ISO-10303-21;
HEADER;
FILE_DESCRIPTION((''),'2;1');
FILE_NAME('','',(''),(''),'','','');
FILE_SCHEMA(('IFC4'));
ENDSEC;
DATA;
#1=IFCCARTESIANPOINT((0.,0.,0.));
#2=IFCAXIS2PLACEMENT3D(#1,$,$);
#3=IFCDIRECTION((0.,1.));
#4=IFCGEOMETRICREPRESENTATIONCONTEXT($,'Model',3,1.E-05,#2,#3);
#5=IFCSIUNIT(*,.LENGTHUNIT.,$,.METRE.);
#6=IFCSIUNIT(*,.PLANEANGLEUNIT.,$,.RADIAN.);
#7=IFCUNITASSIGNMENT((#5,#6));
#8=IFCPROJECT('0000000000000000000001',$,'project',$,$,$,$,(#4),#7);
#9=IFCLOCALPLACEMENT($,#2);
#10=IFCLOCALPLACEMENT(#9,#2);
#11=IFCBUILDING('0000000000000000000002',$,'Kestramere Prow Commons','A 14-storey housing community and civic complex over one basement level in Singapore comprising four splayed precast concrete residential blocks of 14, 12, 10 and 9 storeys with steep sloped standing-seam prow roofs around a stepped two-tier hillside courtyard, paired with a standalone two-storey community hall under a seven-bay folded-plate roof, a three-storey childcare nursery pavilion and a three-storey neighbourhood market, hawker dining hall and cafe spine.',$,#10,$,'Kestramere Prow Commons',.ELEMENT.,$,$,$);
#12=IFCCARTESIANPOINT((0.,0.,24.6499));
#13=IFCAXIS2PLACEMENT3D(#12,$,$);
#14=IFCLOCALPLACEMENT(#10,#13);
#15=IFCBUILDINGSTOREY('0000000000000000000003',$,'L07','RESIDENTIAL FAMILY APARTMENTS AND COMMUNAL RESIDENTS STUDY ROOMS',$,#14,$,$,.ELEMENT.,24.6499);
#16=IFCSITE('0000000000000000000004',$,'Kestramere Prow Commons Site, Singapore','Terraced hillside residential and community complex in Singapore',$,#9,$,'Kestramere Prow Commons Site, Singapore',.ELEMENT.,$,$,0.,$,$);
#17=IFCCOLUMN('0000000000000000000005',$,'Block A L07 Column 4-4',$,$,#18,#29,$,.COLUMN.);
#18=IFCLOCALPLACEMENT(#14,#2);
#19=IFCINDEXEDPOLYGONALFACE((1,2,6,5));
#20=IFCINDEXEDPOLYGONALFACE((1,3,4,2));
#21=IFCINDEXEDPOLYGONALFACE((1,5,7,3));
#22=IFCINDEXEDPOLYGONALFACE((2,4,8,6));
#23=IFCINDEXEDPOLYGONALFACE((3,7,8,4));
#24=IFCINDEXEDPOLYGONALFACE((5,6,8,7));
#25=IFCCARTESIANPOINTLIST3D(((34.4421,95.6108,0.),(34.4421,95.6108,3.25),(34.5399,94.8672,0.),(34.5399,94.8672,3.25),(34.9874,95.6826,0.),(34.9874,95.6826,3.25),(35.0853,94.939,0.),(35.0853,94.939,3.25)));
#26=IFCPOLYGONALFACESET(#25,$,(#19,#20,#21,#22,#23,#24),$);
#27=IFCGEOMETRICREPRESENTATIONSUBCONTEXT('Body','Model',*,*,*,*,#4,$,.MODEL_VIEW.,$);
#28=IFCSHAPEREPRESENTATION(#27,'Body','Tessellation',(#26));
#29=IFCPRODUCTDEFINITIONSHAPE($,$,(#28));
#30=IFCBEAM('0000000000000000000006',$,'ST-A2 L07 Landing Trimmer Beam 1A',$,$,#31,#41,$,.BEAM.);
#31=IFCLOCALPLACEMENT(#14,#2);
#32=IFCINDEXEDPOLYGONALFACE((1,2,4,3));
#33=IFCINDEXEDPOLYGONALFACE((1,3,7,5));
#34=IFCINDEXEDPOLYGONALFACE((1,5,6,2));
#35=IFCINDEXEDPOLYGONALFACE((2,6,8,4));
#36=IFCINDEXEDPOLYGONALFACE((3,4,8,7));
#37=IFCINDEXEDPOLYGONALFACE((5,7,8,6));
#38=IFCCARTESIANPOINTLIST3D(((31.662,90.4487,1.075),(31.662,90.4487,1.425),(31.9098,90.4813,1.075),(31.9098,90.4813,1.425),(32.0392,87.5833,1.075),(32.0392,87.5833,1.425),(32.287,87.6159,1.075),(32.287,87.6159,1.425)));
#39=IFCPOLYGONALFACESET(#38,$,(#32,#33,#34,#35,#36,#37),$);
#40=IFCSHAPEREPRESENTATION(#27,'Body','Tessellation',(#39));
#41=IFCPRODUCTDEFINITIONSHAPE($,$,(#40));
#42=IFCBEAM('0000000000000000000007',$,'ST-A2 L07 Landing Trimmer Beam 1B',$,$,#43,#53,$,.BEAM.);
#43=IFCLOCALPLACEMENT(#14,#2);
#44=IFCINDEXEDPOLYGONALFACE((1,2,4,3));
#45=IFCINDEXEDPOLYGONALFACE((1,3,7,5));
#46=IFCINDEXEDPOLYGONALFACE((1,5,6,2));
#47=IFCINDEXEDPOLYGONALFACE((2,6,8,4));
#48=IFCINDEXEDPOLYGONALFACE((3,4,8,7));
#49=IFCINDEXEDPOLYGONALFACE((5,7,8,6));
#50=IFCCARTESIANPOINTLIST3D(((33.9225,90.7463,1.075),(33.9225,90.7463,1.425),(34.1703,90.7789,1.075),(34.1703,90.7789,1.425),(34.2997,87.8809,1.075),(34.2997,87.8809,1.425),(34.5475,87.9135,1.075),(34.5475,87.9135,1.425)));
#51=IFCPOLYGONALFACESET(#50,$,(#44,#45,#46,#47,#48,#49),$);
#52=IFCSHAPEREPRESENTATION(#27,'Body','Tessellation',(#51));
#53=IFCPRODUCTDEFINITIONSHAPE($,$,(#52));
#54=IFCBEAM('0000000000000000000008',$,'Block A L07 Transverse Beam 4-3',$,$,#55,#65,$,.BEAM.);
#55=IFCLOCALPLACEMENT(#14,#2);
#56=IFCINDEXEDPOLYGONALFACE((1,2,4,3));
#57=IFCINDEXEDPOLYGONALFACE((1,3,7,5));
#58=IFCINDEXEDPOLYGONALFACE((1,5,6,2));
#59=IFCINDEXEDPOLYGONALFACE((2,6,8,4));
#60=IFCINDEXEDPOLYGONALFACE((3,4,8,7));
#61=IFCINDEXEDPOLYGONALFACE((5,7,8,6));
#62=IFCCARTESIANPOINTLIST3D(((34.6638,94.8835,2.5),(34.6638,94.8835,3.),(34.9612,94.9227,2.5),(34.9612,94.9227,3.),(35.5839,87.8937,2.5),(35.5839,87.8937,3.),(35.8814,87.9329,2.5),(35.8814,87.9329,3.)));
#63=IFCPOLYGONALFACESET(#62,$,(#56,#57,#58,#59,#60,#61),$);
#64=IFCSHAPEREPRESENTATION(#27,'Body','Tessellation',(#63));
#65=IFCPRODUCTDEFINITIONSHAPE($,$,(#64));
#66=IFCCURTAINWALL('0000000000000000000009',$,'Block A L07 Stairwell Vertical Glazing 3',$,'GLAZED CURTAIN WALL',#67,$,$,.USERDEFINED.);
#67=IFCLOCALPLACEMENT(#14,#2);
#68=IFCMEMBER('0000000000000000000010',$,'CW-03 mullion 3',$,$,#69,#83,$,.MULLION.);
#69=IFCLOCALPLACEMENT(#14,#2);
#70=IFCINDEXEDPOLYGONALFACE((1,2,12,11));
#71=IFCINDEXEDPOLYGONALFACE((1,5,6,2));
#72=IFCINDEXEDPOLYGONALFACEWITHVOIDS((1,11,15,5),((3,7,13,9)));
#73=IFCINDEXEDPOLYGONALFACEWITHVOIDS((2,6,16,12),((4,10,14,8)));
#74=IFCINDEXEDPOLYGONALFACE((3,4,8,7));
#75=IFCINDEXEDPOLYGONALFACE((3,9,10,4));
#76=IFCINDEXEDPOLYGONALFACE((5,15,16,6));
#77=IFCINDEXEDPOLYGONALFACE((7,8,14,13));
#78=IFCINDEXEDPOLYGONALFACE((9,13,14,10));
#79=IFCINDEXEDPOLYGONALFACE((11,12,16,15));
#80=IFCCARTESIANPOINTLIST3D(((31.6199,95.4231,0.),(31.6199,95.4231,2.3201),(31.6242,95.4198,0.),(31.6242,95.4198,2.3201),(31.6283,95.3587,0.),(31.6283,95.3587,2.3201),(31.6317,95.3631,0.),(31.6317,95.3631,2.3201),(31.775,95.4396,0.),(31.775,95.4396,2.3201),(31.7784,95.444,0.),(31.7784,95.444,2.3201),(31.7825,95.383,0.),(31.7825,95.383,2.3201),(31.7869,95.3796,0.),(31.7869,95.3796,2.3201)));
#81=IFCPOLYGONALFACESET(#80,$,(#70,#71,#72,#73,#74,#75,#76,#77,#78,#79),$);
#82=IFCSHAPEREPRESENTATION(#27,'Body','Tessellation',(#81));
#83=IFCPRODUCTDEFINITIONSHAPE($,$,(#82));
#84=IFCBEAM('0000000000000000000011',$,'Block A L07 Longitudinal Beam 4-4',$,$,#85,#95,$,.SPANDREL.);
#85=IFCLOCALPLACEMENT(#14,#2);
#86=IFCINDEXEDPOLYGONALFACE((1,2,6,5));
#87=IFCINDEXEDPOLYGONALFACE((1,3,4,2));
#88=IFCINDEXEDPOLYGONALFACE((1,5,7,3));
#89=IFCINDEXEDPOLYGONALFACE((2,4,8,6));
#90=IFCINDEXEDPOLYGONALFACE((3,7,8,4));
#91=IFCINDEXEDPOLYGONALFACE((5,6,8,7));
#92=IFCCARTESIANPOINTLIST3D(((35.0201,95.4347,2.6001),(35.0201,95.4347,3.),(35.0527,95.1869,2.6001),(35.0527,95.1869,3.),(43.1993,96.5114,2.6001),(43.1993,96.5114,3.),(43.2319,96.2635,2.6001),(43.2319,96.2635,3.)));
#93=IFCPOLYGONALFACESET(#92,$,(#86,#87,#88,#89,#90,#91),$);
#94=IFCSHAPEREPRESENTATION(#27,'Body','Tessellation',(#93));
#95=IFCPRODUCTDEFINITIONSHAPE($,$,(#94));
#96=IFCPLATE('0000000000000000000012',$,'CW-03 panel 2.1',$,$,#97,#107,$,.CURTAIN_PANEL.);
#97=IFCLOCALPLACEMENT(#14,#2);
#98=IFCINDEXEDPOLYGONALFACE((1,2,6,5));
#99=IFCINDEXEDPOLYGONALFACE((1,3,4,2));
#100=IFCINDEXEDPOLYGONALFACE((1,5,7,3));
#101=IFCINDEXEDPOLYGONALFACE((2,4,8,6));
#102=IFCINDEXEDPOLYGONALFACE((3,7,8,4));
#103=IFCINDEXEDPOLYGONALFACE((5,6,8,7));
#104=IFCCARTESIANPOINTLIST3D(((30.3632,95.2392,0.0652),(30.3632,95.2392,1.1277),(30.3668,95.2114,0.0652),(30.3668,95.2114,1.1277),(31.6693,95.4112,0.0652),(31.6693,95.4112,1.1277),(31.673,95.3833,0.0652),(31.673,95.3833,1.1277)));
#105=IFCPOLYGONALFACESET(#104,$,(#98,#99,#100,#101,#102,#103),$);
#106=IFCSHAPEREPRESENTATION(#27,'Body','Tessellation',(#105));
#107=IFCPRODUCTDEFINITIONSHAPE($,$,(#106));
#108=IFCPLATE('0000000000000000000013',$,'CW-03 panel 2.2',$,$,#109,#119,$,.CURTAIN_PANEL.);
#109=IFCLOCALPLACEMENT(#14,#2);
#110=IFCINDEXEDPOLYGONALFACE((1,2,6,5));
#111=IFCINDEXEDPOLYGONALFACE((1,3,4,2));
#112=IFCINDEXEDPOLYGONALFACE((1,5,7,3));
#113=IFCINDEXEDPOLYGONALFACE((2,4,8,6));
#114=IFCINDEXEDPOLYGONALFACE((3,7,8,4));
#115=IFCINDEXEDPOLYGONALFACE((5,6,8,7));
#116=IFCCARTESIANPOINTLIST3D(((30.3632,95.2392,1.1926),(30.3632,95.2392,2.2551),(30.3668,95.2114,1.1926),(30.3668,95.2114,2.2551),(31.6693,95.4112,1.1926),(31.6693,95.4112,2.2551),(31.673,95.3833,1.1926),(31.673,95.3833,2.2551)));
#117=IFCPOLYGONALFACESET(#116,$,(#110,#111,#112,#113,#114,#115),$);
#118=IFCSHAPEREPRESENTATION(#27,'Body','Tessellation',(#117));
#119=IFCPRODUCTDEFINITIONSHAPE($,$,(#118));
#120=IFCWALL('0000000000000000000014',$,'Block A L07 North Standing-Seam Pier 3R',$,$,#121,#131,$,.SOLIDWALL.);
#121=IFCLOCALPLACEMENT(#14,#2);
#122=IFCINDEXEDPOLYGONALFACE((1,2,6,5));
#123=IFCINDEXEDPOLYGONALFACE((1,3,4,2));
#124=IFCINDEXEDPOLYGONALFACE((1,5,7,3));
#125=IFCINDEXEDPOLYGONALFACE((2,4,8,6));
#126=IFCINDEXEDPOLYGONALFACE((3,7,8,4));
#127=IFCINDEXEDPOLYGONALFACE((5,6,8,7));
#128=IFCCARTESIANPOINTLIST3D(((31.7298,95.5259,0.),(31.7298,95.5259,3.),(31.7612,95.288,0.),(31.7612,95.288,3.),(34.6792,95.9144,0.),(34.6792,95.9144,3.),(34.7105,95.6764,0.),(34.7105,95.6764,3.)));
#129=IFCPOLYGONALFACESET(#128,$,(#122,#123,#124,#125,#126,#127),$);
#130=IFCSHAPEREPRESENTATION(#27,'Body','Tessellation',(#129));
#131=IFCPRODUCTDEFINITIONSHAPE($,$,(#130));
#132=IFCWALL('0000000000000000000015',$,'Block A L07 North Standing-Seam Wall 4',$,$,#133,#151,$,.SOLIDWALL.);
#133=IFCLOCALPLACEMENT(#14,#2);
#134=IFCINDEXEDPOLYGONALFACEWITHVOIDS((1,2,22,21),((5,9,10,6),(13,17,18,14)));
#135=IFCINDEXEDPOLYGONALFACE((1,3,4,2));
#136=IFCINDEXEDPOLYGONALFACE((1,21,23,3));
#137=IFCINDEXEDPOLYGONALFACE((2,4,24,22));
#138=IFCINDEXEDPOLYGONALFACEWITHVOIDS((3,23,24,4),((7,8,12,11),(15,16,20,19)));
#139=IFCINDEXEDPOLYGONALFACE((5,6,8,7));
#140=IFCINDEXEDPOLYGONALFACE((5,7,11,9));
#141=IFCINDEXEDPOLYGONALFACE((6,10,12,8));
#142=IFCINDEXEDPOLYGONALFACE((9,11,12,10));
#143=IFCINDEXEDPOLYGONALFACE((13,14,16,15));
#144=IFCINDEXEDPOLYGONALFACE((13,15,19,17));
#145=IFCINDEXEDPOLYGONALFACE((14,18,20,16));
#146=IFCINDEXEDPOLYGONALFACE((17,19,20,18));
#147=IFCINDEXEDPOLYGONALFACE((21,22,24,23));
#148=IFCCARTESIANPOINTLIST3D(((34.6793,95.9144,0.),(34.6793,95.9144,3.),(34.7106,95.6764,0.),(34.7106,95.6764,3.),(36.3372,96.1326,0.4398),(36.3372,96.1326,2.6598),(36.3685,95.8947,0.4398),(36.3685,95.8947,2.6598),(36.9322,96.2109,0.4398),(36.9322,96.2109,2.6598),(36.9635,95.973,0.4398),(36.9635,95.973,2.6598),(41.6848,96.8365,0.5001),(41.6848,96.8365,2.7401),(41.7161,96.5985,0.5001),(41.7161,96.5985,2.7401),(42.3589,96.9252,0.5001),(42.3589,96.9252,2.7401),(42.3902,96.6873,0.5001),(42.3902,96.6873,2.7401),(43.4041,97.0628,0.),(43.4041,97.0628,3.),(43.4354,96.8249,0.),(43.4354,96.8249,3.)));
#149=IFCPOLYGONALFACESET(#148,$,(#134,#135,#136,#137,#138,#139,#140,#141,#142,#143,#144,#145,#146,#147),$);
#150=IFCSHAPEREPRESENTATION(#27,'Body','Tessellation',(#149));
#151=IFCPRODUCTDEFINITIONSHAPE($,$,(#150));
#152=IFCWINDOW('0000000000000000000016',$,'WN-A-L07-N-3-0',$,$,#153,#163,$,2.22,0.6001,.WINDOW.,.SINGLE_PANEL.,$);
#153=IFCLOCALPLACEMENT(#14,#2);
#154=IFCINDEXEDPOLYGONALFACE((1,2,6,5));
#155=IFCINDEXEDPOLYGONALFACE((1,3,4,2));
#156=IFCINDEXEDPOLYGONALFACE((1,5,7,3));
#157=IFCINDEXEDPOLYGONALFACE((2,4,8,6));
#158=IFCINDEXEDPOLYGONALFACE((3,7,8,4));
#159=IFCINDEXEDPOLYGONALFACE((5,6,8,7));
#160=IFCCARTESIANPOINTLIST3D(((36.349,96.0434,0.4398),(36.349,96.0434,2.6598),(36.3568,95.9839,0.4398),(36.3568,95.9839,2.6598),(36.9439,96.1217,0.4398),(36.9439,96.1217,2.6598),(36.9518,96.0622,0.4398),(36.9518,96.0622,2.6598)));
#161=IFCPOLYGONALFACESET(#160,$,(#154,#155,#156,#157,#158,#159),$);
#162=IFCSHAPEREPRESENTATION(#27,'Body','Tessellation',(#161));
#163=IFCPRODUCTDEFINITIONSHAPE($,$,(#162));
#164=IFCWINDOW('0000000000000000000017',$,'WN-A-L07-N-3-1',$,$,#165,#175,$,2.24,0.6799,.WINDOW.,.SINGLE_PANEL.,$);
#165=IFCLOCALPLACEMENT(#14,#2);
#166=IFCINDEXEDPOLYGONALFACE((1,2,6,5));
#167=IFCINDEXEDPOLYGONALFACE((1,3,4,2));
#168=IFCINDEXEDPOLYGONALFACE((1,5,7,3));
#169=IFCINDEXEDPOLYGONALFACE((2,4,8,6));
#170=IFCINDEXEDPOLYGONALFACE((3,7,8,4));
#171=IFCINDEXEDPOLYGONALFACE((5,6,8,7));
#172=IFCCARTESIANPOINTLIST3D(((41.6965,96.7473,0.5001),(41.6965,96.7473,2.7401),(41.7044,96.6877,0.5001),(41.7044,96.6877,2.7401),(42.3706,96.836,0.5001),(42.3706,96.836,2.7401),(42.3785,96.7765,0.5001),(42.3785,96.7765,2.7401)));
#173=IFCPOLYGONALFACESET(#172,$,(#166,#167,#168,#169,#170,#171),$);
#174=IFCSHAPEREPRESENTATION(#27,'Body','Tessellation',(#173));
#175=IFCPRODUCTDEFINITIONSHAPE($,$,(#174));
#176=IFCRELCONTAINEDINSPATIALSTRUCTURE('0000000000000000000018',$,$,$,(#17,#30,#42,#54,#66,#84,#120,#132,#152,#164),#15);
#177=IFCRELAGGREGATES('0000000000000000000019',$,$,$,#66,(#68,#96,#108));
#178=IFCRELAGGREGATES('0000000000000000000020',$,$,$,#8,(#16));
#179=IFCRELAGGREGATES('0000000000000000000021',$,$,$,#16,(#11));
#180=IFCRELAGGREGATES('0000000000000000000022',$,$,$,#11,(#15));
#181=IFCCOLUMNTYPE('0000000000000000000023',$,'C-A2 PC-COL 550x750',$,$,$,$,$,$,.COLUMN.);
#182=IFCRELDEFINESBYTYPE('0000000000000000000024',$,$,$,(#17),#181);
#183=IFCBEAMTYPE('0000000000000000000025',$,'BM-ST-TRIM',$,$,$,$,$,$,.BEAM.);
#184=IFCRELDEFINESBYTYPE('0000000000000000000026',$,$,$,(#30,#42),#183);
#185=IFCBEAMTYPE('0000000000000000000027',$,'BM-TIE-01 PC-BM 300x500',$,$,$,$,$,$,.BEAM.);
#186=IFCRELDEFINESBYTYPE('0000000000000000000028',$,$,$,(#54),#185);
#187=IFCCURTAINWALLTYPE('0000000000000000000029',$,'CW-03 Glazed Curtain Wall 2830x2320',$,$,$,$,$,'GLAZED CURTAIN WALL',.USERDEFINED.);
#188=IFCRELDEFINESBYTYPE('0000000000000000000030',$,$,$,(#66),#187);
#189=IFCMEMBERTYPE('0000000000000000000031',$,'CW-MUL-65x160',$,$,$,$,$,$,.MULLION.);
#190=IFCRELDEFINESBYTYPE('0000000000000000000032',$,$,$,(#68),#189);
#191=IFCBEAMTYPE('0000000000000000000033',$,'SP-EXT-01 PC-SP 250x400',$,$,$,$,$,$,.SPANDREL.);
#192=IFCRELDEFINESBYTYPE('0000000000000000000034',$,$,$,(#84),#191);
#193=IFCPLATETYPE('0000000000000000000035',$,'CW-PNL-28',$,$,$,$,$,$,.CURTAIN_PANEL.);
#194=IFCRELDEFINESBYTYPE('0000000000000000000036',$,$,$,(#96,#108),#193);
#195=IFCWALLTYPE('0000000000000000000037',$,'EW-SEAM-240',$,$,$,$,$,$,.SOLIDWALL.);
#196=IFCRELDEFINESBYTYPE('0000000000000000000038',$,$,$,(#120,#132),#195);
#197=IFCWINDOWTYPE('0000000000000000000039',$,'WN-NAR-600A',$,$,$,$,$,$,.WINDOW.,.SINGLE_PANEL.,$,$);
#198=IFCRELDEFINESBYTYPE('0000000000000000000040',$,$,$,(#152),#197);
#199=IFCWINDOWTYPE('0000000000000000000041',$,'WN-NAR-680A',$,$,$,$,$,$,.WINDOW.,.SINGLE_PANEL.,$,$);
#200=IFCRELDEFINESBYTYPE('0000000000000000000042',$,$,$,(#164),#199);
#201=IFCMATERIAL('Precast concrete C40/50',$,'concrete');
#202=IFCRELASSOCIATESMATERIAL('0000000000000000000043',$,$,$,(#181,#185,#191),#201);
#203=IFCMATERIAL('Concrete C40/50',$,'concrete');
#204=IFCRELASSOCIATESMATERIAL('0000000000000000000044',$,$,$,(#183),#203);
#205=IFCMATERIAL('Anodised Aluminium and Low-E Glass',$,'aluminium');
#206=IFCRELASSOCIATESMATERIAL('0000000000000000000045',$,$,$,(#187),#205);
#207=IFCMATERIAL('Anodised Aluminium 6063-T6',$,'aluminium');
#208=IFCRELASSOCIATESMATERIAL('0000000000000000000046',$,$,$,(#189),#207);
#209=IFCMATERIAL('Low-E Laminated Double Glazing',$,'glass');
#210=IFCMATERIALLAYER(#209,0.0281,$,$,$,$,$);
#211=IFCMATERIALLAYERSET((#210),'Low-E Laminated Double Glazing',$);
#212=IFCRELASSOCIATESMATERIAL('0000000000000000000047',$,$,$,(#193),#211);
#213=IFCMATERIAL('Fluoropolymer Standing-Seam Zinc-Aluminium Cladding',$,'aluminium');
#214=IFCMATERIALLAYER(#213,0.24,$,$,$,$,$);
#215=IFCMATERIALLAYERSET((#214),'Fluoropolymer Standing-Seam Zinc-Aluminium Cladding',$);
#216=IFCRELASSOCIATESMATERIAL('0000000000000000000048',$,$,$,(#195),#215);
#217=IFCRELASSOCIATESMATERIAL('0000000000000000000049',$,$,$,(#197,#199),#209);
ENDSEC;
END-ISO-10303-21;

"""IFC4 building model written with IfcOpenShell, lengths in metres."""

from ifc_helpers import new_model, si_unit, direction, frame, frame_2d, origin, origin_2d, place, context, subcontext, project, spatial, rectangle, hollow_rectangle, extrude, material, layer, layer_set, material_profile, profile_set, type_object, element, fill, aggregate, save


model = new_model("IFC4")

# Units and contexts
model_context = context("Model", 3, precision=1e-05, world=origin(), true_north=direction((0.0, 1.0)))
body_context = subcontext(model_context, "Body", "Model", "MODEL_VIEW")
ifc_project = project(units=[si_unit("LENGTHUNIT", "METRE"), si_unit("PLANEANGLEUNIT", "RADIAN")], contexts=[model_context])

# Site, building, storey
site_placement = place(None, origin())
site = spatial("IfcSite", under=ifc_project, at=site_placement, Name="Kestramere Prow Commons Site, Singapore", Description="Terraced hillside residential and community complex in Singapore", LongName="Kestramere Prow Commons Site, Singapore", CompositionType="ELEMENT", RefElevation=0.0)
building_placement = place(site_placement, origin())
building = spatial("IfcBuilding", under=site, at=building_placement, Name="Kestramere Prow Commons", Description="A 14-storey housing community and civic complex over one basement level in Singapore comprising four splayed precast concrete residential blocks of 14, 12, 10 and 9 storeys with steep sloped standing-seam prow roofs around a stepped two-tier hillside courtyard, paired with a standalone two-storey community hall under a seven-bay folded-plate roof, a three-storey childcare nursery pavilion and a three-storey neighbourhood market, hawker dining hall and cafe spine.", LongName="Kestramere Prow Commons", CompositionType="ELEMENT")
storey_placement = place(building_placement, frame((0.0, 0.0, 24.6499)))
storey = spatial("IfcBuildingStorey", under=building, at=storey_placement, Name="L07", Description="RESIDENTIAL FAMILY APARTMENTS AND COMMUNAL RESIDENTS STUDY ROOMS", CompositionType="ELEMENT", Elevation=24.6499)

# Column
ifc_material_1 = material(Name="Precast concrete C40/50", Category="concrete")
ifc_material_profile_1 = material_profile(ifc_material_1, rectangle(XDim=0.55, YDim=0.75, at=origin_2d()), Name="PC-COL 550x750")
ifc_profile_set_1 = profile_set([ifc_material_profile_1], Name="Precast concrete C40/50")
column_type = type_object("IfcColumnType", Name="C-A2 PC-COL 550x750", PredefinedType="COLUMN", material=ifc_profile_set_1)
column_placement = place(storey_placement, frame((34.7637, 95.2749, 0.0), z_axis=(0.0, 0.0, 1.0), x_axis=(0.991445, 0.130526, 0.0)))
element("IfcColumn", 1, at=column_placement, inside=storey, type_object=column_type, Name="Block A L07 Column 4-4", PredefinedType="COLUMN", context=body_context, shape_type="SweptSolid", body=[
    extrude(rectangle(XDim=0.55, YDim=0.75, at=origin_2d()), origin(), (0.0, 0.0, 1.0), 3.25),
])

# Beams
ifc_material_2 = material(Name="Concrete C40/50", Category="concrete")
ifc_material_profile_2 = material_profile(ifc_material_2, rectangle(XDim=0.25, YDim=0.3501, at=origin_2d()), Name="PC-BM 250x350")
ifc_profile_set_2 = profile_set([ifc_material_profile_2], Name="Concrete C40/50")
beam_type_1 = type_object("IfcBeamType", Name="BM-ST-TRIM", PredefinedType="BEAM", material=ifc_profile_set_2)
for number, where, z_axis, x_axis, name in (
    (2, (32.1631, 87.5996, 1.25), (-0.130509, 0.991447, 0.0), (-0.991447, -0.130509, 0.0), "ST-A2 L07 Landing Trimmer Beam 1A"),
    (3, (34.4236, 87.8972, 1.25), (-0.130509, 0.991447, 0.0), (-0.991447, -0.130509, 0.0), "ST-A2 L07 Landing Trimmer Beam 1B"),
):
    element("IfcBeam", number, at=place(storey_placement, frame(where, z_axis=z_axis, x_axis=x_axis)), inside=storey, type_object=beam_type_1, Name=name, PredefinedType="BEAM", context=body_context, shape_type="SweptSolid", body=[
        extrude(rectangle(XDim=0.25, YDim=0.3501, at=origin_2d()), origin(), (0.0, 0.0, 1.0), 2.8901),
    ])
ifc_material_profile_3 = material_profile(ifc_material_1, rectangle(XDim=0.3, YDim=0.5, at=origin_2d()), Name="PC-BM 300x500")
ifc_profile_set_3 = profile_set([ifc_material_profile_3], Name="Precast concrete C40/50")
beam_type_2 = type_object("IfcBeamType", Name="BM-TIE-01 PC-BM 300x500", PredefinedType="BEAM", material=ifc_profile_set_3)
beam_1_placement = place(storey_placement, frame((35.7327, 87.9133, 2.75), z_axis=(-0.130519, 0.991446, 0.0), x_axis=(-0.991446, -0.130519, 0.0)))
element("IfcBeam", 4, at=beam_1_placement, inside=storey, type_object=beam_type_2, Name="Block A L07 Transverse Beam 4-3", PredefinedType="BEAM", context=body_context, shape_type="SweptSolid", body=[
    extrude(rectangle(XDim=0.3, YDim=0.5, at=origin_2d()), origin(), (0.0, 0.0, 1.0), 7.05),
])

# Curtain wall, member
ifc_material_3 = material(Name="Anodised Aluminium and Low-E Glass", Category="aluminium")
curtain_wall_type = type_object("IfcCurtainWallType", Name="CW-03 Glazed Curtain Wall 2830x2320", ElementType="GLAZED CURTAIN WALL", PredefinedType="USERDEFINED", material=ifc_material_3)
curtain_wall_placement = place(storey_placement, origin())
curtain_wall = element("IfcCurtainWall", 5, at=curtain_wall_placement, inside=storey, type_object=curtain_wall_type, Name="Block A L07 Stairwell Vertical Glazing 3", ObjectType="GLAZED CURTAIN WALL", PredefinedType="USERDEFINED")
ifc_material_4 = material(Name="Anodised Aluminium 6063-T6", Category="aluminium")
ifc_material_profile_4 = material_profile(ifc_material_4, hollow_rectangle(XDim=0.0649, YDim=0.1599, WallThickness=0.0039, at=origin_2d()), Name="ALU-MUL 65x160")
ifc_profile_set_4 = profile_set([ifc_material_profile_4], Name="Anodised Aluminium 6063-T6")
member_type = type_object("IfcMemberType", Name="CW-MUL-65x160", PredefinedType="MULLION", material=ifc_profile_set_4)
member_placement = place(storey_placement, frame((31.7034, 95.4014, 0.0), z_axis=(0.0, 0.0, 1.0), x_axis=(-0.130526, 0.991445, 0.0)))
member = element("IfcMember", 6, at=member_placement, type_object=member_type, Name="CW-03 mullion 3", PredefinedType="MULLION", context=body_context, shape_type="SweptSolid", body=[
    extrude(hollow_rectangle(XDim=0.0649, YDim=0.1599, WallThickness=0.0039, at=origin_2d()), origin(), (0.0, 0.0, 1.0), 2.3201),
])

# Beam
ifc_material_profile_5 = material_profile(ifc_material_1, rectangle(XDim=0.25, YDim=0.3999, at=origin_2d()), Name="PC-SP 250x400")
ifc_profile_set_5 = profile_set([ifc_material_profile_5], Name="Precast concrete C40/50")
beam_type_3 = type_object("IfcBeamType", Name="SP-EXT-01 PC-SP 250x400", PredefinedType="SPANDREL", material=ifc_profile_set_5)
beam_2_placement = place(storey_placement, frame((35.0364, 95.3108, 2.8), z_axis=(0.991447, 0.130508, 0.0), x_axis=(-0.130508, 0.991447, 0.0)))
element("IfcBeam", 7, at=beam_2_placement, inside=storey, type_object=beam_type_3, Name="Block A L07 Longitudinal Beam 4-4", PredefinedType="SPANDREL", context=body_context, shape_type="SweptSolid", body=[
    extrude(rectangle(XDim=0.25, YDim=0.3999, at=origin_2d()), origin(), (0.0, 0.0, 1.0), 8.2498),
])

# Plates
ifc_material_5 = material(Name="Low-E Laminated Double Glazing", Category="glass")
ifc_layer_1 = layer(ifc_material_5, 0.0281)
ifc_layer_set_1 = layer_set([ifc_layer_1], Name="Low-E Laminated Double Glazing")
plate_type = type_object("IfcPlateType", Name="CW-PNL-28", PredefinedType="CURTAIN_PANEL", material=ifc_layer_set_1)
plate_1_placement = place(storey_placement, frame((31.0181, 95.3113, 0.0652), z_axis=(0.0, 0.0, 1.0), x_axis=(0.991445, 0.130526, 0.0)))
plate_1 = element("IfcPlate", 8, at=plate_1_placement, type_object=plate_type, Name="CW-03 panel 2.1", PredefinedType="CURTAIN_PANEL", context=body_context, shape_type="SweptSolid", body=[
    extrude(rectangle(XDim=1.3174, YDim=0.0281, at=origin_2d()), origin(), (0.0, 0.0, 1.0), 1.0625),
])
plate_2_placement = place(storey_placement, frame((31.0181, 95.3113, 1.1926), z_axis=(0.0, 0.0, 1.0), x_axis=(0.991445, 0.130526, 0.0)))
plate_2 = element("IfcPlate", 9, at=plate_2_placement, type_object=plate_type, Name="CW-03 panel 2.2", PredefinedType="CURTAIN_PANEL", context=body_context, shape_type="SweptSolid", body=[
    extrude(rectangle(XDim=1.3174, YDim=0.0281, at=origin_2d()), origin(), (0.0, 0.0, 1.0), 1.0625),
])
aggregate(curtain_wall, [member, plate_1, plate_2])

# Wall
ifc_material_6 = material(Name="Fluoropolymer Standing-Seam Zinc-Aluminium Cladding", Category="aluminium")
ifc_layer_2 = layer(ifc_material_6, 0.24)
ifc_layer_set_2 = layer_set([ifc_layer_2], Name="Fluoropolymer Standing-Seam Zinc-Aluminium Cladding")
wall_type_1 = type_object("IfcWallType", Name="EW-SEAM-240", PredefinedType="SOLIDWALL", material=ifc_layer_set_2)
wall_1_placement = place(storey_placement, frame((31.7456, 95.407, 0.0), z_axis=(0.0, 0.0, 1.0), x_axis=(0.991439, 0.130567, 0.0)))
element("IfcWall", 10, at=wall_1_placement, inside=storey, type_object=wall_type_1, Name="Block A L07 North Standing-Seam Pier 3R", PredefinedType="SOLIDWALL", context=body_context, shape_type="SweptSolid", body=[
    extrude(rectangle(XDim=2.9749, YDim=0.24, at=frame_2d((1.4873, 0.0))), origin(), (0.0, 0.0, 1.0), 3.0),
])

# Wall, openings, windows
wall_2_placement = place(storey_placement, frame((34.6951, 95.7954, 0.0), z_axis=(0.0, 0.0, 1.0), x_axis=(0.991448, 0.130503, 0.0)))
wall_2 = element("IfcWall", 11, at=wall_2_placement, inside=storey, type_object=wall_type_1, Name="Block A L07 North Standing-Seam Wall 4", PredefinedType="SOLIDWALL", context=body_context, shape_type="SweptSolid", body=[
    extrude(rectangle(XDim=8.8, YDim=0.24, at=frame_2d((4.3999, 0.0))), origin(), (0.0, 0.0, 1.0), 3.0),
])
opening_1_placement = place(wall_2_placement, frame((1.6721, 0.0, 0.4399)))
opening_1 = element("IfcOpeningElement", 12, at=opening_1_placement, cuts=wall_2, PredefinedType="OPENING", context=body_context, shape_type="SweptSolid", body=[
    extrude(rectangle(XDim=0.6001, YDim=2.22, at=frame_2d((0.3, 1.1099))), frame((0.0, 0.135, 0.0), z_axis=(0.0, -1.0, 0.0), x_axis=(1.0, 0.0, 0.0)), (0.0, 0.0, 1.0), 0.27),
])
opening_2_placement = place(wall_2_placement, frame((7.0659, 0.0, 0.5)))
opening_2 = element("IfcOpeningElement", 13, at=opening_2_placement, cuts=wall_2, PredefinedType="OPENING", context=body_context, shape_type="SweptSolid", body=[
    extrude(rectangle(XDim=0.6799, YDim=2.24, at=frame_2d((0.3398, 1.1201))), frame((0.0, 0.135, 0.0), z_axis=(0.0, -1.0, 0.0), x_axis=(1.0, 0.0, 0.0)), (0.0, 0.0, 1.0), 0.27),
])
window_type_1 = type_object("IfcWindowType", Name="WN-NAR-600A", PartitioningType="SINGLE_PANEL", PredefinedType="WINDOW", material=ifc_material_5)
window_1_placement = place(opening_1_placement, origin())
window_1 = element("IfcWindow", 14, at=window_1_placement, inside=storey, type_object=window_type_1, Name="WN-A-L07-N-3-0", OverallHeight=2.22, OverallWidth=0.6001, PartitioningType="SINGLE_PANEL", PredefinedType="WINDOW", context=body_context, shape_type="SweptSolid", body=[
    extrude(rectangle(XDim=0.6001, YDim=2.22, at=frame_2d((0.3, 1.1099))), frame((0.0, 0.03, 0.0), z_axis=(0.0, -1.0, 0.0), x_axis=(1.0, 0.0, 0.0)), (0.0, 0.0, 1.0), 0.0601),
])
fill(opening_1, window_1)
window_type_2 = type_object("IfcWindowType", Name="WN-NAR-680A", PartitioningType="SINGLE_PANEL", PredefinedType="WINDOW", material=ifc_material_5)
window_2_placement = place(opening_2_placement, origin())
window_2 = element("IfcWindow", 15, at=window_2_placement, inside=storey, type_object=window_type_2, Name="WN-A-L07-N-3-1", OverallHeight=2.24, OverallWidth=0.6799, PartitioningType="SINGLE_PANEL", PredefinedType="WINDOW", context=body_context, shape_type="SweptSolid", body=[
    extrude(rectangle(XDim=0.6799, YDim=2.24, at=frame_2d((0.3398, 1.1201))), frame((0.0, 0.03, 0.0), z_axis=(0.0, -1.0, 0.0), x_axis=(1.0, 0.0, 0.0)), (0.0, 0.0, 1.0), 0.0601),
])
fill(opening_2, window_2)

save(model, "model.ifc")
